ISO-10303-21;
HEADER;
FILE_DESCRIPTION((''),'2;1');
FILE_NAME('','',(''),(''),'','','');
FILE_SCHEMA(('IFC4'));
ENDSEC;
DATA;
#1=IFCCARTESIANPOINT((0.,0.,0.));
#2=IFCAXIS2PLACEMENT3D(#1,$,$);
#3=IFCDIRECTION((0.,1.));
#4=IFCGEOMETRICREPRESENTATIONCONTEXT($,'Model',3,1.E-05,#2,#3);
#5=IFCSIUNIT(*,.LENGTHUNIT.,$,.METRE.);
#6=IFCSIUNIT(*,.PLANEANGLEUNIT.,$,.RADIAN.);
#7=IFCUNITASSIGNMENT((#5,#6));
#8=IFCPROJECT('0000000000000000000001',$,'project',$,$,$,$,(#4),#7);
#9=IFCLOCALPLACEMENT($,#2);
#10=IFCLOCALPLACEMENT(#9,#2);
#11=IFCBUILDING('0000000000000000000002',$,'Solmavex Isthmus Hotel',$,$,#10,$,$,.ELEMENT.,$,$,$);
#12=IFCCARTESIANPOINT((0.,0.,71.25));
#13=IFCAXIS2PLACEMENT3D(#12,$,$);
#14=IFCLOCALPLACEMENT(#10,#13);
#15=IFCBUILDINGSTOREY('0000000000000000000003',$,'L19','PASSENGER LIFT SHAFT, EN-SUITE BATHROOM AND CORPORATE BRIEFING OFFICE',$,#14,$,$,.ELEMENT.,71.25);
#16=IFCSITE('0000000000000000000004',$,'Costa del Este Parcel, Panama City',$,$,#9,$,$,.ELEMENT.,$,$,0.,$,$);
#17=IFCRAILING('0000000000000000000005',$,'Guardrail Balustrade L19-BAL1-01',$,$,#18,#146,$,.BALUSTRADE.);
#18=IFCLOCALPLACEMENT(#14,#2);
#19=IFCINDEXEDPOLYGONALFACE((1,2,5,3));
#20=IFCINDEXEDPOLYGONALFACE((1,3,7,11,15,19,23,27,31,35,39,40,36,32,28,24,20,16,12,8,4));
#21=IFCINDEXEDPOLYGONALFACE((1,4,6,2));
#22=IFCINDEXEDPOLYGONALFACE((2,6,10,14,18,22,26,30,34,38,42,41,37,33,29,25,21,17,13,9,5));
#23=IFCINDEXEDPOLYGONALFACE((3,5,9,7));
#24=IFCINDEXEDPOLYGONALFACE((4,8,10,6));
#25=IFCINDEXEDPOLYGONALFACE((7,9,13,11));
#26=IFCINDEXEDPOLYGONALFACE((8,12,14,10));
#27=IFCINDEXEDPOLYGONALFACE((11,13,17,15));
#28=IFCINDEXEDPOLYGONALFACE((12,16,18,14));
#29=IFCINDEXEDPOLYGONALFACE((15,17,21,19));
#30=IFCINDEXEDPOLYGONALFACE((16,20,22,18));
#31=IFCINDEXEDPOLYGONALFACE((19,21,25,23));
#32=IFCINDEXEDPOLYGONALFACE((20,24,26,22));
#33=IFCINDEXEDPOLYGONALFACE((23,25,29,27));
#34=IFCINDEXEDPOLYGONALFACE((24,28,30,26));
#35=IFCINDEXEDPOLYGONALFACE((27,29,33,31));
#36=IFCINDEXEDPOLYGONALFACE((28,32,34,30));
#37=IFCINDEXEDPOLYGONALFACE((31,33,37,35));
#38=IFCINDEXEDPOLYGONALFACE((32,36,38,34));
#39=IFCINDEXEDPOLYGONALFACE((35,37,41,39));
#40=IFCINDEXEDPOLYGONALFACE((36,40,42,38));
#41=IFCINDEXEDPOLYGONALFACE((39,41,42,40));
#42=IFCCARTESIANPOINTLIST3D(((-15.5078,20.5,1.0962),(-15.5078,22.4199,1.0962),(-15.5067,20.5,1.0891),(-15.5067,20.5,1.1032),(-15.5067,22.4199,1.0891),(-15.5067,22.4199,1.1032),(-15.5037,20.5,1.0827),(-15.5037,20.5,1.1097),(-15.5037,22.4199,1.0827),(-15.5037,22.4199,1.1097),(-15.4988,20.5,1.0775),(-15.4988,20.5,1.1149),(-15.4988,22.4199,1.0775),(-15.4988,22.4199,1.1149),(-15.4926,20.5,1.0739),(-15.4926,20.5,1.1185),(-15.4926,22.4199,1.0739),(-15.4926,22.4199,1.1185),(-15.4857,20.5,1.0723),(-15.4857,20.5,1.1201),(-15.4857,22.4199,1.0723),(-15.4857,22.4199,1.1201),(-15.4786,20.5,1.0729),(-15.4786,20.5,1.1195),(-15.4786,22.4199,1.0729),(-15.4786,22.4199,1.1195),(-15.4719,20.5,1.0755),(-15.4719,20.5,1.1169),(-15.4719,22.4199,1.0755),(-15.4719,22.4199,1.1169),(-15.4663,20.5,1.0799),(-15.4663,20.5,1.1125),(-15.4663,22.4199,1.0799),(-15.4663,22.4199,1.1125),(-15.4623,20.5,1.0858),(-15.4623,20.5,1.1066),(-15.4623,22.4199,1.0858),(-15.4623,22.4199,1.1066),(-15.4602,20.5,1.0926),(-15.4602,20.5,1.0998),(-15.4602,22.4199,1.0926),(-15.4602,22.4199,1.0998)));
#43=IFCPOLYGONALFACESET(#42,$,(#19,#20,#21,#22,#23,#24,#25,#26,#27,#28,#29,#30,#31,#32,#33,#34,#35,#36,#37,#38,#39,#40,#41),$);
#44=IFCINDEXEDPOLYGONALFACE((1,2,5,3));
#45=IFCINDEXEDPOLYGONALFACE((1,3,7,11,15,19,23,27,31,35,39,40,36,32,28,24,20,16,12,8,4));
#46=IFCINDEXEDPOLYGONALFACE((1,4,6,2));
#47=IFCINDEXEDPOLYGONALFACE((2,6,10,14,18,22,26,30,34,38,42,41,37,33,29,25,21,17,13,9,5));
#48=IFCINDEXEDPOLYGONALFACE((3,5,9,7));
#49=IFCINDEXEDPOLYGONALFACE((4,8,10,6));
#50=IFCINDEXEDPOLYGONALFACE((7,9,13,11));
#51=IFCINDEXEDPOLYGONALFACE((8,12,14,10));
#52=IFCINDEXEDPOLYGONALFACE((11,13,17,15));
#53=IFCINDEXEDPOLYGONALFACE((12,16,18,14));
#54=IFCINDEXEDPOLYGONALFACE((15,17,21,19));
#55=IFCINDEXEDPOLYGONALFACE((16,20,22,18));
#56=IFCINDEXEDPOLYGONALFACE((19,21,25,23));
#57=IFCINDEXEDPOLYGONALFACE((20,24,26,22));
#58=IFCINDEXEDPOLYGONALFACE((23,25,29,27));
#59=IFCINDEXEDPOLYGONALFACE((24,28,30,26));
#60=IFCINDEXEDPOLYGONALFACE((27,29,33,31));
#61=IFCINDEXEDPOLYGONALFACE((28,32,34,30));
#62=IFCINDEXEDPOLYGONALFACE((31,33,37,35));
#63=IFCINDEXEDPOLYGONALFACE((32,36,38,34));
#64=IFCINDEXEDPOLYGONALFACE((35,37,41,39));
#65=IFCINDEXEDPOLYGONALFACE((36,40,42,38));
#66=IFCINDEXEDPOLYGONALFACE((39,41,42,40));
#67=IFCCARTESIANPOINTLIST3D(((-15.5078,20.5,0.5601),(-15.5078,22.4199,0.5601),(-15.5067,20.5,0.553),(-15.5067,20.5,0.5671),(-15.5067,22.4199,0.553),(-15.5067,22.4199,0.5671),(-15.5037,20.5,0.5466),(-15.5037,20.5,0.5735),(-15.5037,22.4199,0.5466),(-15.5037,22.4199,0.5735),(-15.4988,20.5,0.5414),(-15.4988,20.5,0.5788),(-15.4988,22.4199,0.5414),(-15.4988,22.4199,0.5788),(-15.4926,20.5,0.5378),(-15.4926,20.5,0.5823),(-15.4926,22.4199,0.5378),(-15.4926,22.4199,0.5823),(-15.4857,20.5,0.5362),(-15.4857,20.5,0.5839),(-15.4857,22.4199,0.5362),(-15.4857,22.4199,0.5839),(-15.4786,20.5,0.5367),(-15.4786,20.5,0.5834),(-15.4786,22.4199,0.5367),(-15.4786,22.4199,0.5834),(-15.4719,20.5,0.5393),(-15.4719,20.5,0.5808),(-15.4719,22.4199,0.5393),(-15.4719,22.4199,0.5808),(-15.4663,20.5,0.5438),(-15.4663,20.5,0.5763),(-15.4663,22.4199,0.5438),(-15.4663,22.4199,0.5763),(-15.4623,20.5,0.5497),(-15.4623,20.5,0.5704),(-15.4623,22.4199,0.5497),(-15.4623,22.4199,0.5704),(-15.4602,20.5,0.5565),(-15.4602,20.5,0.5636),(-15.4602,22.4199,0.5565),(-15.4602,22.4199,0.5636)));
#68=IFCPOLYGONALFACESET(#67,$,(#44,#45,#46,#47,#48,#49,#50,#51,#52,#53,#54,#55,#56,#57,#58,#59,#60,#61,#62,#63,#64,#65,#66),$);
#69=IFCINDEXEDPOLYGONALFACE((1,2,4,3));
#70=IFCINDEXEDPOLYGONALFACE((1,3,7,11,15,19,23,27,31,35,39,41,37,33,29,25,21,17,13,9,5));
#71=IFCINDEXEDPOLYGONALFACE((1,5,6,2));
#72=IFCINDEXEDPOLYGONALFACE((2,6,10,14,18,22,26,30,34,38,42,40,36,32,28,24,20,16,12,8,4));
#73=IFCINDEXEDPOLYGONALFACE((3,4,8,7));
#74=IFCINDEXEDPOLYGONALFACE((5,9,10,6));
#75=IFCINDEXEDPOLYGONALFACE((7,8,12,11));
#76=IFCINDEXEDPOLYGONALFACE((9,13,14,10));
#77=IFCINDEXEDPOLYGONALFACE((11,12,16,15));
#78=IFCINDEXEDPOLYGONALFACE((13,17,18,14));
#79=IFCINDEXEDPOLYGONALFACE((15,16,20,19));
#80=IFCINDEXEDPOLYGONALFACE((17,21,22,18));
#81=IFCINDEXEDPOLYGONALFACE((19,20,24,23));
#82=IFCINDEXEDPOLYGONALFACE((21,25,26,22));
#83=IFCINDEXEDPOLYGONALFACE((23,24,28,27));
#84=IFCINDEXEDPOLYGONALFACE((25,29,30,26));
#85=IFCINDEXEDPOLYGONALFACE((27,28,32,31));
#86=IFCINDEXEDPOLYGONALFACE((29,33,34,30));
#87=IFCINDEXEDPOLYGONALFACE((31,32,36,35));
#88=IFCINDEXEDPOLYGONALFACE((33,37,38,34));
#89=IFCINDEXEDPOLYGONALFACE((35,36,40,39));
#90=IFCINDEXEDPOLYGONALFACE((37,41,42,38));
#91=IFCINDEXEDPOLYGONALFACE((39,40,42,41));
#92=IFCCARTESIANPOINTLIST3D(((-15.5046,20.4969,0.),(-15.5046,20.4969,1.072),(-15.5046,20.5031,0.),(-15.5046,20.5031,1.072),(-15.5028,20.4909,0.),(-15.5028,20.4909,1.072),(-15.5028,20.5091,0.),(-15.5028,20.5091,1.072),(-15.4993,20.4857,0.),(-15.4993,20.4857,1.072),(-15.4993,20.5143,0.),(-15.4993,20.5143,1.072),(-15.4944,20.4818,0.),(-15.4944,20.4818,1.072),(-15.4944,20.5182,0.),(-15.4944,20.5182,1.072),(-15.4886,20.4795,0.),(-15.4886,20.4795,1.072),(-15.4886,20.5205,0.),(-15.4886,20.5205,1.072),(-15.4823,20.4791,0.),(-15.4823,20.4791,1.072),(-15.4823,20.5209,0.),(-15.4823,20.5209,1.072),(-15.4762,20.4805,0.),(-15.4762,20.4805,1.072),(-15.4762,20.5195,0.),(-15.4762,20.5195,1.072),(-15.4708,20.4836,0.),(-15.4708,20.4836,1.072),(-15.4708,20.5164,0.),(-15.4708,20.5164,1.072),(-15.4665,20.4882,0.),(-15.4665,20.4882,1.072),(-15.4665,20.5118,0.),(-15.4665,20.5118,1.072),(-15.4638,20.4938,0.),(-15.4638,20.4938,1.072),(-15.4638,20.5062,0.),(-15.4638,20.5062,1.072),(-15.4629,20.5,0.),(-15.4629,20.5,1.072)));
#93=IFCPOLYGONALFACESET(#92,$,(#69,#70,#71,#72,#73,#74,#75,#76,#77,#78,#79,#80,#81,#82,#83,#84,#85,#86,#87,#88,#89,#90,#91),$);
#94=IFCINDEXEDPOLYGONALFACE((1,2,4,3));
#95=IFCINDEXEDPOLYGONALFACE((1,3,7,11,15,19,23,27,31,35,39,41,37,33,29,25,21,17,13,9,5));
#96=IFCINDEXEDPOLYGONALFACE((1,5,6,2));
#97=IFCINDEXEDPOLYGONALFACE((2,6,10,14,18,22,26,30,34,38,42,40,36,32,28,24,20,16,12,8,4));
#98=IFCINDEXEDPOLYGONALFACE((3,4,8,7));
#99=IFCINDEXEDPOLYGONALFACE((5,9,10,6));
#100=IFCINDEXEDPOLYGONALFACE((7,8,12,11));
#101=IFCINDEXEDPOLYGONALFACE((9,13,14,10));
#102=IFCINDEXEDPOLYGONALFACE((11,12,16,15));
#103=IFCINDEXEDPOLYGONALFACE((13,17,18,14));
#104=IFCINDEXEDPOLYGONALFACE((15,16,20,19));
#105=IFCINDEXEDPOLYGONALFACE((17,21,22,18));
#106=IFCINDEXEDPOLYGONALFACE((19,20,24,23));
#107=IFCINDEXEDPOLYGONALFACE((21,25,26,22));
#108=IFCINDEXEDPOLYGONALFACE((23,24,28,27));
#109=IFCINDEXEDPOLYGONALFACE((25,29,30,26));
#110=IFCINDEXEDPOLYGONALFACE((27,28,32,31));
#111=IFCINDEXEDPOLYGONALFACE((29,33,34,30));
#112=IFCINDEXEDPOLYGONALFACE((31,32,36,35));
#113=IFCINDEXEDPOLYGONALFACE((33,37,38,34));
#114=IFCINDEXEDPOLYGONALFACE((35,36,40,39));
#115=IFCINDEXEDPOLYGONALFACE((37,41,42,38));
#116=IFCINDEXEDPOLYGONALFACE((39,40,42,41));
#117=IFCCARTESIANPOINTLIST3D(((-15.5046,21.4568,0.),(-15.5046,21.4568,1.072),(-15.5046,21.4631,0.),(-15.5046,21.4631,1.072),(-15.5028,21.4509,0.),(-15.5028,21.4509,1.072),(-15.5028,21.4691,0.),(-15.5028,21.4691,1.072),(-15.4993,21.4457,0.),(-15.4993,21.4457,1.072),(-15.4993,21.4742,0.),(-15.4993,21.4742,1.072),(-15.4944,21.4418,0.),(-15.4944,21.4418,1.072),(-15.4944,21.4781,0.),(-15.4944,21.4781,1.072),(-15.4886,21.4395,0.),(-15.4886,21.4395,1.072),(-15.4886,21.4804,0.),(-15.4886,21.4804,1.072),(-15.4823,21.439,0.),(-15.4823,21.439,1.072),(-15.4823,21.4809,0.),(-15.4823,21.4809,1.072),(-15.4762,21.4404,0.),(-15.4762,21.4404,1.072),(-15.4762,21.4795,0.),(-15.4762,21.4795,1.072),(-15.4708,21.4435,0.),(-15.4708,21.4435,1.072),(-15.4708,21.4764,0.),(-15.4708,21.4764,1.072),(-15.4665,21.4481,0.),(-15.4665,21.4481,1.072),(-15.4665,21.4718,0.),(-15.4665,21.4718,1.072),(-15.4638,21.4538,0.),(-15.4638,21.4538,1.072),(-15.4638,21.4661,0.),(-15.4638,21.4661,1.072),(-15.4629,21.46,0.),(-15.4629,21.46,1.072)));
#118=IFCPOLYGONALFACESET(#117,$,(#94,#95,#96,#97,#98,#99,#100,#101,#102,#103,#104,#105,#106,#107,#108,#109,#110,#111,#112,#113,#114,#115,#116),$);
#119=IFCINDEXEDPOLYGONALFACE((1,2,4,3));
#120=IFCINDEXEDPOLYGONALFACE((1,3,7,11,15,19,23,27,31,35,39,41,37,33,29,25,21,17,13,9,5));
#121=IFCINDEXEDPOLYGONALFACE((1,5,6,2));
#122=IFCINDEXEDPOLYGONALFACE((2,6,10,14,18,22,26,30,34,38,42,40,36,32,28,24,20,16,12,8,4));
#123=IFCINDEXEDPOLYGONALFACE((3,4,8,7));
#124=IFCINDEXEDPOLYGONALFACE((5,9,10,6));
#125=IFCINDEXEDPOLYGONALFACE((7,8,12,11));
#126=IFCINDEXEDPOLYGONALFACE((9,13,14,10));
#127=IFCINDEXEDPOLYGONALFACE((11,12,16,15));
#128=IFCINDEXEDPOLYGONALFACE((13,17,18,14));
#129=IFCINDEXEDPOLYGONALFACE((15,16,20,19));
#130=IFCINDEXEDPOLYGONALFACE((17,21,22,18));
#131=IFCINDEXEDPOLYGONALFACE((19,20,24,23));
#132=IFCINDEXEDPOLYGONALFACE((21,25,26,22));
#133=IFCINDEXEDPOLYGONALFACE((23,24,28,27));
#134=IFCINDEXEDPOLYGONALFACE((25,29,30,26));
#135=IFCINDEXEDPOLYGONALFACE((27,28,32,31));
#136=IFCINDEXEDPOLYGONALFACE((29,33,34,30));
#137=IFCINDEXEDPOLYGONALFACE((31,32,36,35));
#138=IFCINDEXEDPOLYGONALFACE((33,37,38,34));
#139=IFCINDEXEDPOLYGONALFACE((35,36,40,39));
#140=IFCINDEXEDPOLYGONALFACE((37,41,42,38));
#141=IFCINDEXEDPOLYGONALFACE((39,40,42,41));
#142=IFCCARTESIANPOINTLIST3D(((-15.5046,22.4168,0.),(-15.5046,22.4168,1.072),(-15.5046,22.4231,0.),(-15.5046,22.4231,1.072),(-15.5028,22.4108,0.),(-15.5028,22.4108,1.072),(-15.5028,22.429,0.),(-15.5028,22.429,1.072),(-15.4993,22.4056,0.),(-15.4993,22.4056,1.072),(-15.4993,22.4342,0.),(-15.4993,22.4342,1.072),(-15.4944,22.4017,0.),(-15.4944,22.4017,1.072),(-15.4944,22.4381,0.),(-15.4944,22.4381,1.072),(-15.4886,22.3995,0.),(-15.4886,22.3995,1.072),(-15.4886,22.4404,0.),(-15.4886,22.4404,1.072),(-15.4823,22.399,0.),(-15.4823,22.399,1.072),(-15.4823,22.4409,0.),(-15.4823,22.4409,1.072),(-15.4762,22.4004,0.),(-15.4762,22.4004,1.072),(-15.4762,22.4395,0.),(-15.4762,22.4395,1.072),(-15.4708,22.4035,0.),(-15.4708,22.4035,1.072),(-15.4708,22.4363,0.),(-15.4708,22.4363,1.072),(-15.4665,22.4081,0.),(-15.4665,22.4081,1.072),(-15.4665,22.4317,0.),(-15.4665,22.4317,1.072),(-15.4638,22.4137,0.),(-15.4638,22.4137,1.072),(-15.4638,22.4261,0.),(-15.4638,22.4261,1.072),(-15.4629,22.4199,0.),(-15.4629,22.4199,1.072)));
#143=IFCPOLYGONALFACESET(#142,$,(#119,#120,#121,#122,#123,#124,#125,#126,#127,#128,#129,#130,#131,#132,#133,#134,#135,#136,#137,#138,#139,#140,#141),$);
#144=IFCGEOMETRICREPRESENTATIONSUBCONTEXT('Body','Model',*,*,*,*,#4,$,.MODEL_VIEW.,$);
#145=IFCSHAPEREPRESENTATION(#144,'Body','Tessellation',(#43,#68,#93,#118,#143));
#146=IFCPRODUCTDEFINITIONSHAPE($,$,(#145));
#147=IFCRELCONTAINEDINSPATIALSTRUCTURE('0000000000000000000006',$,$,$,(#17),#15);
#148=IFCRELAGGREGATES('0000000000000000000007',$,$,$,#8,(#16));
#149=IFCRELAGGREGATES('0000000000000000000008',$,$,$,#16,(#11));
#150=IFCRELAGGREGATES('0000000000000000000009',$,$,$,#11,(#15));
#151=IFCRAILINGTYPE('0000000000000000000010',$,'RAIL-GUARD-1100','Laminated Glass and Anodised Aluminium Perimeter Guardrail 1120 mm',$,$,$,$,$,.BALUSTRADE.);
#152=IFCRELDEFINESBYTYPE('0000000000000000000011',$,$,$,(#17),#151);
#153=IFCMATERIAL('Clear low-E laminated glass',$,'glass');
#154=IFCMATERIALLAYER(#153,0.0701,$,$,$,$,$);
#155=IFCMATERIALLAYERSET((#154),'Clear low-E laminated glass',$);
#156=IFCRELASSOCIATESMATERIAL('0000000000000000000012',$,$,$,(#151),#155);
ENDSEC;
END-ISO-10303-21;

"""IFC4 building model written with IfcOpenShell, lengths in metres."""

from ifc_helpers import new_model, si_unit, direction, frame, origin, origin_2d, place, context, subcontext, project, spatial, circle, extrude, material, layer, layer_set, type_object, element, save


model = new_model("IFC4")

# Units and contexts
model_context = context("Model", 3, precision=1e-05, world=origin(), true_north=direction((0.0, 1.0)))
body_context = subcontext(model_context, "Body", "Model", "MODEL_VIEW")
ifc_project = project(units=[si_unit("LENGTHUNIT", "METRE"), si_unit("PLANEANGLEUNIT", "RADIAN")], contexts=[model_context])

# Site, building, storey
site_placement = place(None, origin())
site = spatial("IfcSite", under=ifc_project, at=site_placement, Name="Costa del Este Parcel, Panama City", CompositionType="ELEMENT", RefElevation=0.0)
building_placement = place(site_placement, origin())
building = spatial("IfcBuilding", under=site, at=building_placement, Name="Solmavex Isthmus Hotel", CompositionType="ELEMENT")
storey_placement = place(building_placement, frame((0.0, 0.0, 71.25)))
storey = spatial("IfcBuildingStorey", under=building, at=storey_placement, Name="L19", Description="PASSENGER LIFT SHAFT, EN-SUITE BATHROOM AND CORPORATE BRIEFING OFFICE", CompositionType="ELEMENT", Elevation=71.25)

# Shared definitions
ifc_material_1 = material(Name="Clear low-E laminated glass", Category="glass")

# Railing
ifc_layer_1 = layer(ifc_material_1, 0.0701)
ifc_layer_set_1 = layer_set([ifc_layer_1], Name="Clear low-E laminated glass")
railing_type = type_object("IfcRailingType", Name="RAIL-GUARD-1100", Description="Laminated Glass and Anodised Aluminium Perimeter Guardrail 1120 mm", PredefinedType="BALUSTRADE", material=ifc_layer_set_1)
railing_1_placement = place(storey_placement, frame((-15.4839, 20.5, 0.0)))
element("IfcRailing", 1, at=railing_1_placement, inside=storey, type_object=railing_type, Name="Guardrail Balustrade L19-BAL1-01", PredefinedType="BALUSTRADE", context=body_context, shape_type="SweptSolid", body=[
    extrude(circle(Radius=0.0239, at=origin_2d()), frame((0.0, 0.0, 1.0962), z_axis=(0.0, 1.0, 0.0), x_axis=(-1.0, 0.0, 0.0)), (0.0, 0.0, 1.0), 1.9199),
    extrude(circle(Radius=0.0239, at=origin_2d()), frame((0.0, 0.0, 0.5601), z_axis=(0.0, 1.0, 0.0), x_axis=(-1.0, 0.0, 0.0)), (0.0, 0.0, 1.0), 1.9199),
    extrude(circle(Radius=0.021, at=origin_2d()), origin(), (0.0, 0.0, 1.0), 1.072),
    extrude(circle(Radius=0.021, at=origin_2d()), frame((0.0, 0.96, 0.0)), (0.0, 0.0, 1.0), 1.072),
    extrude(circle(Radius=0.021, at=origin_2d()), frame((0.0, 1.9199, 0.0)), (0.0, 0.0, 1.0), 1.072),
])

save(model, "model.ifc")
